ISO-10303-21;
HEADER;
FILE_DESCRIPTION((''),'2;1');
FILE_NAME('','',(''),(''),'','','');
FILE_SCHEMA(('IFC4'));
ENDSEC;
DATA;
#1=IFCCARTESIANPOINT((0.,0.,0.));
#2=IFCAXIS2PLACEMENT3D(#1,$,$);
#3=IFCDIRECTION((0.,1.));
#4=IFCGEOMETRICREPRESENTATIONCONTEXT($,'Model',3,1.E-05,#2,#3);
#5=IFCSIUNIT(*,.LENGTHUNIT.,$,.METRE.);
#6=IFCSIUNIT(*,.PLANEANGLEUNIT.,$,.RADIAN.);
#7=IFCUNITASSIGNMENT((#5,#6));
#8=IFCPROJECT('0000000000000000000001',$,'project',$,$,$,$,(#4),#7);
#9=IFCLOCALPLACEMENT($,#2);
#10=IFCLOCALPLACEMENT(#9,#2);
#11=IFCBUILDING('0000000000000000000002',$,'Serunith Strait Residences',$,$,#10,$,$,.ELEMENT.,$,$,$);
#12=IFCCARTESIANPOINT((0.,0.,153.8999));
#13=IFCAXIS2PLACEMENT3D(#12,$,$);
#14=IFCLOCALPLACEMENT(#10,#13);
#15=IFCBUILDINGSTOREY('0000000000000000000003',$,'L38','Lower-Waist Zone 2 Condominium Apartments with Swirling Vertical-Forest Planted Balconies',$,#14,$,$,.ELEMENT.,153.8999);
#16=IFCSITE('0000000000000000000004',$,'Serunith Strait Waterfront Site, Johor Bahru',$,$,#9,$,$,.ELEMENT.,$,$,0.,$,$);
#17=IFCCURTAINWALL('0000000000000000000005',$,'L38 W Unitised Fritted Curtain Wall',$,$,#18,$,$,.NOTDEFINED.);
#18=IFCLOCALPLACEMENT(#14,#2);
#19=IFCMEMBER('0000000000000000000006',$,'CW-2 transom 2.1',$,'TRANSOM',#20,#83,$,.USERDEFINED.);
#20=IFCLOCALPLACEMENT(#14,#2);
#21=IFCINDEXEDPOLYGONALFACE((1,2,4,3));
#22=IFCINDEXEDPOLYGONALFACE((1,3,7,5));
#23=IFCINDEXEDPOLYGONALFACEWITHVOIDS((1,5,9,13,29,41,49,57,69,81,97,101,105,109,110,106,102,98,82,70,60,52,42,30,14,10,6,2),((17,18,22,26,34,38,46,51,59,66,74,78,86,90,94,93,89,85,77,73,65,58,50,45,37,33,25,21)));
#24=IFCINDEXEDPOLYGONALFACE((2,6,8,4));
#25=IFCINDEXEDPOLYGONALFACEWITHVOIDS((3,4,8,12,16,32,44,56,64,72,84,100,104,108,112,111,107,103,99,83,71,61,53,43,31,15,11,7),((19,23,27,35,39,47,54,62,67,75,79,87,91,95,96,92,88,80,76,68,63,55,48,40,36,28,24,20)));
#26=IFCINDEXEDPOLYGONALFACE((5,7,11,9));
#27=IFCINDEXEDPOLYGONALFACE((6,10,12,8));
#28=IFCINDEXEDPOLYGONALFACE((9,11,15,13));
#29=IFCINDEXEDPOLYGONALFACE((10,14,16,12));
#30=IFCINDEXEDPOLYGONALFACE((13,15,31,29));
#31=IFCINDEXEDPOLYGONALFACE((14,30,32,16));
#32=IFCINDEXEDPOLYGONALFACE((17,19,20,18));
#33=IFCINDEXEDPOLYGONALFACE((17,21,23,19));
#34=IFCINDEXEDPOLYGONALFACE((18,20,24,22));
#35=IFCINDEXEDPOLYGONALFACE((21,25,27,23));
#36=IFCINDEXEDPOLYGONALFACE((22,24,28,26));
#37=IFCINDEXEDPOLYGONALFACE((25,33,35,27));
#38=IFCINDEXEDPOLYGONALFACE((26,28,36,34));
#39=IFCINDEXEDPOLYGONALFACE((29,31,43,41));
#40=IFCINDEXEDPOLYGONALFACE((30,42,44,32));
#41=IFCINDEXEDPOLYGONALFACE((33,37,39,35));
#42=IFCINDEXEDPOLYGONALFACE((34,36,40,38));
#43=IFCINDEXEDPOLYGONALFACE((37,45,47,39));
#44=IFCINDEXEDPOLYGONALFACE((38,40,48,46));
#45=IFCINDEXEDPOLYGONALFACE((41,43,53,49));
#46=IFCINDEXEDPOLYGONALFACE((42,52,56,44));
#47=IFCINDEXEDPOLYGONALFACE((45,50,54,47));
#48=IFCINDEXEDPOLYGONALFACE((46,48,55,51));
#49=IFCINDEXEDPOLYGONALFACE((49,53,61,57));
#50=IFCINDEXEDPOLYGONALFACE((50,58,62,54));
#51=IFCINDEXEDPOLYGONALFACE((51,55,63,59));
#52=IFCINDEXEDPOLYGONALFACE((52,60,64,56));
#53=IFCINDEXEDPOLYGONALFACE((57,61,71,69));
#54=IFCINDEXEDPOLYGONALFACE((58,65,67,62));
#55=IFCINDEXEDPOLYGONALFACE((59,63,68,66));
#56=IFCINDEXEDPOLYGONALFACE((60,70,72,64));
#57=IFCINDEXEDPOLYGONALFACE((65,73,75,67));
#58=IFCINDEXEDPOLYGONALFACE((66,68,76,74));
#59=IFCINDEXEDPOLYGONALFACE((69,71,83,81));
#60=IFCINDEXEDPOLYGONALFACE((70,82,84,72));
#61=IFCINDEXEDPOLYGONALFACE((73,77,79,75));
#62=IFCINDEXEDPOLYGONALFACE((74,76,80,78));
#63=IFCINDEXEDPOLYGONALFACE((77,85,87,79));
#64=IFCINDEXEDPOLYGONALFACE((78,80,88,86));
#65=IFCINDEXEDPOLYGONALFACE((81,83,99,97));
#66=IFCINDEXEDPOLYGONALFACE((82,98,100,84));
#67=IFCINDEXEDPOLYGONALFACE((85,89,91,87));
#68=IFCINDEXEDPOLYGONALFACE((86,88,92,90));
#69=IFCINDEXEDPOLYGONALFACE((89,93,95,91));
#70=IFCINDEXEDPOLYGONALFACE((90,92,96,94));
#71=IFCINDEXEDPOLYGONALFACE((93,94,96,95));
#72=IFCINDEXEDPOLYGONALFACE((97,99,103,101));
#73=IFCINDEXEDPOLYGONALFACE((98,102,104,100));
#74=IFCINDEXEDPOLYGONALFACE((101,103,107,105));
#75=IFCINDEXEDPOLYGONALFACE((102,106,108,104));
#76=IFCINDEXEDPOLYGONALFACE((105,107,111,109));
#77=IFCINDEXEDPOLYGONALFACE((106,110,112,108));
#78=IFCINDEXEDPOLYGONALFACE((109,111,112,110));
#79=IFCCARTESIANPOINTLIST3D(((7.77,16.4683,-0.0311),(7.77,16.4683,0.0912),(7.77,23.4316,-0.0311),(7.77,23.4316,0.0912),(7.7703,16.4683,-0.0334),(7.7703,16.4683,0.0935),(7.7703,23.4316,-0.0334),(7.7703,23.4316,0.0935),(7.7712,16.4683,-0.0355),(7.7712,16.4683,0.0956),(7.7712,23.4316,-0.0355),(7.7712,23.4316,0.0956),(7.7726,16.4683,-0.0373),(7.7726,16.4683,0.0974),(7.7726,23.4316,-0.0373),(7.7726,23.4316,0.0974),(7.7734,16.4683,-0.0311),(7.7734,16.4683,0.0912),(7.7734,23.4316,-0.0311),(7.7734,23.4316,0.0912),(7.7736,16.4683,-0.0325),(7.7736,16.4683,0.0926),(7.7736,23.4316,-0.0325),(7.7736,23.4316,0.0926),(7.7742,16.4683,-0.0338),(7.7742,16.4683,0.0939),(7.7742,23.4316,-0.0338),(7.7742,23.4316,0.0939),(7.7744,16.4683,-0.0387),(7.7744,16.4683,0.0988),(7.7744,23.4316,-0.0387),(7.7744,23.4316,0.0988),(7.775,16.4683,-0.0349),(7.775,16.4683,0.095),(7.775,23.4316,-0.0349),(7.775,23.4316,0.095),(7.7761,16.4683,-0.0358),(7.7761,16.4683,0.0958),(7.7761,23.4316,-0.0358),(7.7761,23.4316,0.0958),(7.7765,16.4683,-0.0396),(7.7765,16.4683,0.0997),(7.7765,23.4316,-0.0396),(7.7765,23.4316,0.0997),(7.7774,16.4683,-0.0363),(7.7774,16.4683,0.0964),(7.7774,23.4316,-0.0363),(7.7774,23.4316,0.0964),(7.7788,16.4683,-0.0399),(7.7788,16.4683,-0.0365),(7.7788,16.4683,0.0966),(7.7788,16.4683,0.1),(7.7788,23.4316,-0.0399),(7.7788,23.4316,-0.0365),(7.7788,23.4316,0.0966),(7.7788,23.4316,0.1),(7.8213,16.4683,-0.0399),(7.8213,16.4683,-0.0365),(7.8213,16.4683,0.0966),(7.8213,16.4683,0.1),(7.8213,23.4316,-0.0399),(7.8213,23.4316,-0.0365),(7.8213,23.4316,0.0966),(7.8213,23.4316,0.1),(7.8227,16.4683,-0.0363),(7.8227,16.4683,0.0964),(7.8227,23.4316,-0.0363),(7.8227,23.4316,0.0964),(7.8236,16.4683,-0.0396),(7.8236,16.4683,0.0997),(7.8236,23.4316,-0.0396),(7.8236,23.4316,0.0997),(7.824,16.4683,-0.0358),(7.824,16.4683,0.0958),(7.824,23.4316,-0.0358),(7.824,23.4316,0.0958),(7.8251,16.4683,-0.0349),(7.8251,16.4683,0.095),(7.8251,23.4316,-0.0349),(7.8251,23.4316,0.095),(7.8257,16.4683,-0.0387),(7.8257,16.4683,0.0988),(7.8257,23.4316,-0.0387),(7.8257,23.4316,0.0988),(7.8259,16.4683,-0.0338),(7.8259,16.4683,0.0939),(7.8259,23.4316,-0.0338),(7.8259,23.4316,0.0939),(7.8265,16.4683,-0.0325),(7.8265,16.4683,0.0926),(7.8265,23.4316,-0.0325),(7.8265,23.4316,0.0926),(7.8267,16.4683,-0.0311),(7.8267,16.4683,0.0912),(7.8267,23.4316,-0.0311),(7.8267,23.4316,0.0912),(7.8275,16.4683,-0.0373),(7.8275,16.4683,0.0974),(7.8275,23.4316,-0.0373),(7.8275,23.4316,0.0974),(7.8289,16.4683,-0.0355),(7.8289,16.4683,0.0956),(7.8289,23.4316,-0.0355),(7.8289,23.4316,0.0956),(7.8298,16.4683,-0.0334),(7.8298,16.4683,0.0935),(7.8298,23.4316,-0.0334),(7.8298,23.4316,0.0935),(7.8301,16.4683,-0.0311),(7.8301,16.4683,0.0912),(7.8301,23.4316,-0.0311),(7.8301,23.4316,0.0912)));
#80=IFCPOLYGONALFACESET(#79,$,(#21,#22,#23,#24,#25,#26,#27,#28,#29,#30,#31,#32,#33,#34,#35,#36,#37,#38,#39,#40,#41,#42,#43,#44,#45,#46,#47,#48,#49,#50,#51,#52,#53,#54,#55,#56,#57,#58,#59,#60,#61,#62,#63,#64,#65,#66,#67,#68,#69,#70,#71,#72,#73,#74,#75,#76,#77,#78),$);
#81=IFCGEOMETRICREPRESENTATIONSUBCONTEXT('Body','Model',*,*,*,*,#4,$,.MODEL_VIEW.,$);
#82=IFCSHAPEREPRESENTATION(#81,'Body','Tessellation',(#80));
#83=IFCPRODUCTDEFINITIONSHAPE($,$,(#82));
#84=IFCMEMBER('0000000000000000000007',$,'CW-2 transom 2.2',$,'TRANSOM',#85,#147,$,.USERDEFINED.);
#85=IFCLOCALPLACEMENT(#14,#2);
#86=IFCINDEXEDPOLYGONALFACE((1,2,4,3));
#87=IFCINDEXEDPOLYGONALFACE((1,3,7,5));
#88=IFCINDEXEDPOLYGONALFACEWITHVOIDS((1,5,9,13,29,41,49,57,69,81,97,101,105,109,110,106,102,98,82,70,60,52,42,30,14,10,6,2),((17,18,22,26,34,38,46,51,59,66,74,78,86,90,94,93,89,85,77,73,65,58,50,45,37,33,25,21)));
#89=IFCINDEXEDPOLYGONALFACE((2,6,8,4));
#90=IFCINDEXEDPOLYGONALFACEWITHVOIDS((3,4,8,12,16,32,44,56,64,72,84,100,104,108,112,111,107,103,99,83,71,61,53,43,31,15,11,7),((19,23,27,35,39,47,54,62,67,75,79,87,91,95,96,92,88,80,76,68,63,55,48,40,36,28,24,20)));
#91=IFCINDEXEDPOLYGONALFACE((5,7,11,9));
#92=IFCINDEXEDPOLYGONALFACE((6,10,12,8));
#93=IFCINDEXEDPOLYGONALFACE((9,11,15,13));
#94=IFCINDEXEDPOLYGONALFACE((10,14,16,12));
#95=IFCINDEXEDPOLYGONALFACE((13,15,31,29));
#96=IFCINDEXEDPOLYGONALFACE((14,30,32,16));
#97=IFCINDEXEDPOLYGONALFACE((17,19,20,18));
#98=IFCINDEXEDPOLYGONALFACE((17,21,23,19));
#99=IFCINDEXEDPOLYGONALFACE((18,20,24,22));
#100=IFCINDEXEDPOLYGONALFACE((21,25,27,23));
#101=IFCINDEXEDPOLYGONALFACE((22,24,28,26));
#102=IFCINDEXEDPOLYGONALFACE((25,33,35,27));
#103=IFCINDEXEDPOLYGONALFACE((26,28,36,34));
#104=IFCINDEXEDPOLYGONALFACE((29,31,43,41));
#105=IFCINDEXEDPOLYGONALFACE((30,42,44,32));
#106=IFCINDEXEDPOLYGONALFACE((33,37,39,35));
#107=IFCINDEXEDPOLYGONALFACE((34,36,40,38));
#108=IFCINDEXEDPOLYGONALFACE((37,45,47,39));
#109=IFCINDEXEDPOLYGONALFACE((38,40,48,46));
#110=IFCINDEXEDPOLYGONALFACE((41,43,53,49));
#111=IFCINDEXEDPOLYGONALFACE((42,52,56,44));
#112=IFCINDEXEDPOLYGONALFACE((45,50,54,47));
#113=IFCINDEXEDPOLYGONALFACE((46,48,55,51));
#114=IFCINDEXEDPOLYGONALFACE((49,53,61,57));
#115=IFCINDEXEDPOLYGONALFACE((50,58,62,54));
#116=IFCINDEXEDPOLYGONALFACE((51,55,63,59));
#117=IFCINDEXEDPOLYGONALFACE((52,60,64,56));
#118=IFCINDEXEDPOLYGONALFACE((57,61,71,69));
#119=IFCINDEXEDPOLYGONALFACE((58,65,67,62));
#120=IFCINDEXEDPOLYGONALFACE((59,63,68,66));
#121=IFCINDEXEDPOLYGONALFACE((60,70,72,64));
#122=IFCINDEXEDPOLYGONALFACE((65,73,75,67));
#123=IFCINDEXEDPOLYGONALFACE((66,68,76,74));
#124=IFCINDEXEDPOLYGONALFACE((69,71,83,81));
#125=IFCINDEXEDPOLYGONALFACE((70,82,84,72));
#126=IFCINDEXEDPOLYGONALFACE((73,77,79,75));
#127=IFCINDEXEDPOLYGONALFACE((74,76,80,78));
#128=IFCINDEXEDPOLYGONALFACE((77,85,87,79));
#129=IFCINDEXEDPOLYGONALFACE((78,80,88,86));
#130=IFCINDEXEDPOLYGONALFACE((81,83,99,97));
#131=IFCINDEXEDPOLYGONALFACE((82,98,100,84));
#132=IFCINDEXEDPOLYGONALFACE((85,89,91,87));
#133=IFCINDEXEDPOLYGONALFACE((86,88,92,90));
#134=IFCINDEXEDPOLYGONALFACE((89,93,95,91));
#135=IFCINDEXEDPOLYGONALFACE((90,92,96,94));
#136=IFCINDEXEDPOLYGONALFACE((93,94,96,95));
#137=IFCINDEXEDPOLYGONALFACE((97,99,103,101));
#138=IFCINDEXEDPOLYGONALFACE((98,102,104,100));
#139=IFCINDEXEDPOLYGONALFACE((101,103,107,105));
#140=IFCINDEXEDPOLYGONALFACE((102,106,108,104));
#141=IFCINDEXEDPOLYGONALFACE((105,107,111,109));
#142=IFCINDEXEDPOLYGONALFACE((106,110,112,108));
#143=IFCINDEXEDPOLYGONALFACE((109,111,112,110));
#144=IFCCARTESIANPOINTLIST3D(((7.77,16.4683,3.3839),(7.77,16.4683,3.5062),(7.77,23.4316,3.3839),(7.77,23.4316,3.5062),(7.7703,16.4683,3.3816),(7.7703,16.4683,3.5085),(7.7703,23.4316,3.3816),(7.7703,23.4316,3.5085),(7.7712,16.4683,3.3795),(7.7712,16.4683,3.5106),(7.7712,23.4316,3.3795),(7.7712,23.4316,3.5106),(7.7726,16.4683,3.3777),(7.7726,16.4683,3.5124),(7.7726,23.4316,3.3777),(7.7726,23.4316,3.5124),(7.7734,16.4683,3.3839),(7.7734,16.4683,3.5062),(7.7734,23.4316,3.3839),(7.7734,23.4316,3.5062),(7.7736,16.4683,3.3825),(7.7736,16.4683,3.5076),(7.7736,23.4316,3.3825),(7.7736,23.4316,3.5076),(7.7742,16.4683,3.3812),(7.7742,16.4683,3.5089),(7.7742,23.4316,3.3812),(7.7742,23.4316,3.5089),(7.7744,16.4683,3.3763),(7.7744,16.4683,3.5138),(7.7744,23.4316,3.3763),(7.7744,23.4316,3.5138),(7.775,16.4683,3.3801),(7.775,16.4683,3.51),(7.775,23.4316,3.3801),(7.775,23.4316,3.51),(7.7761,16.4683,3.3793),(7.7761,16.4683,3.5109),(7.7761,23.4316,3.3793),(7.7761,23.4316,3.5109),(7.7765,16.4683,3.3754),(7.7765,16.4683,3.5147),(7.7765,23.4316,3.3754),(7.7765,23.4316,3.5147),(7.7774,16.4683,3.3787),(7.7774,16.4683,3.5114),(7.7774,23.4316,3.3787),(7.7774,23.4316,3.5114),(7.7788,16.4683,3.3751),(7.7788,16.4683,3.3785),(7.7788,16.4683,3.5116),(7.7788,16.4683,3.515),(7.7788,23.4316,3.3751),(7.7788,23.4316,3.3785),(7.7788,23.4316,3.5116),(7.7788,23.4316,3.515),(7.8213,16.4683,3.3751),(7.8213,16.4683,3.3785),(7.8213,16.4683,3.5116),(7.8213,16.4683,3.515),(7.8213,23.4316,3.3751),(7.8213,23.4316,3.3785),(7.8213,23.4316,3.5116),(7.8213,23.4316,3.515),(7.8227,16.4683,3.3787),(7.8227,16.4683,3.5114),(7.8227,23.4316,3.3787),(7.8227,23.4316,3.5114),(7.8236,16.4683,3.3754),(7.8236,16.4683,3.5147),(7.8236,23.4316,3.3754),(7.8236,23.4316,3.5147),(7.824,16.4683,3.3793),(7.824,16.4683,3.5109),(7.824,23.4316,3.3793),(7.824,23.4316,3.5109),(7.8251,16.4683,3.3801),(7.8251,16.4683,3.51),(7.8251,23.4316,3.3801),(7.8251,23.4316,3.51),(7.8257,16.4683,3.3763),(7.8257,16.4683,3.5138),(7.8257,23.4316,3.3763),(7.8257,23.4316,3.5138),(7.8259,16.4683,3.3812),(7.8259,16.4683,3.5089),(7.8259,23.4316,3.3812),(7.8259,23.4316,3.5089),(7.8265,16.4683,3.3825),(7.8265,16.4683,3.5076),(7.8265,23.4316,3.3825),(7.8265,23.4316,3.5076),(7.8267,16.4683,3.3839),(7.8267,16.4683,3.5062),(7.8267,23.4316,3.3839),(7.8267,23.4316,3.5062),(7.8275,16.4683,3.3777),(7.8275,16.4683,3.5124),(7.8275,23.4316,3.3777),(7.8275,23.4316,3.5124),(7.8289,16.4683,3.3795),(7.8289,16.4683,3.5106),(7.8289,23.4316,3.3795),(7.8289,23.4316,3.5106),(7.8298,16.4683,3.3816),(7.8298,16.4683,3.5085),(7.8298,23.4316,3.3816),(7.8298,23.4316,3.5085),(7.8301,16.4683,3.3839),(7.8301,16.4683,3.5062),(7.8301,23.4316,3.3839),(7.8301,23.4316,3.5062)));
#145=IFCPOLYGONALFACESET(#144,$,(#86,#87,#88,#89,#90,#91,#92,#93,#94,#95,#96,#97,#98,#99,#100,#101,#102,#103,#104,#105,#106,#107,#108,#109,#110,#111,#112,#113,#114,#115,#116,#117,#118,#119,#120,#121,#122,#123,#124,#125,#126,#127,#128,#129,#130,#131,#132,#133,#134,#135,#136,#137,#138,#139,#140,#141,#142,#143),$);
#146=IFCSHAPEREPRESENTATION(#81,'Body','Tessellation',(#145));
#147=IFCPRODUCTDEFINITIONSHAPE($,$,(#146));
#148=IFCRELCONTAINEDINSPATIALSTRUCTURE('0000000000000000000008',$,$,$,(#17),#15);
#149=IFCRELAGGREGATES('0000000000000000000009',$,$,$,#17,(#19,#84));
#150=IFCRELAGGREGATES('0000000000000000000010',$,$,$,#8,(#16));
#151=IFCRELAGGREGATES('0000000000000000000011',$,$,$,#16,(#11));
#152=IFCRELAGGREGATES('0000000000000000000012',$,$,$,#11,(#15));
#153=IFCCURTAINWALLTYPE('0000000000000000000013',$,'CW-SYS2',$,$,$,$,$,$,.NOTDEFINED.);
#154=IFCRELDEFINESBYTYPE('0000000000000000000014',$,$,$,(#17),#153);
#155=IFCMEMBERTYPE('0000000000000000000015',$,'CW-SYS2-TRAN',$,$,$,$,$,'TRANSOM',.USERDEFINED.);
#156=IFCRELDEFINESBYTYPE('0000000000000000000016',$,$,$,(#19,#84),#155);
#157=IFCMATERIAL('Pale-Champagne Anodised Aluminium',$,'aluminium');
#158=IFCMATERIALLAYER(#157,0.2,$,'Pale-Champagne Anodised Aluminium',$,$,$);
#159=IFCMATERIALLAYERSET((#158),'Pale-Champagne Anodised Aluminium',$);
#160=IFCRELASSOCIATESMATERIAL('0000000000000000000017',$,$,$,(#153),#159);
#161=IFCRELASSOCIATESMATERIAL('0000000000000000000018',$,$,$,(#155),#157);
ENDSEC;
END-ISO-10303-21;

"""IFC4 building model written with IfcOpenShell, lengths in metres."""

from ifc_helpers import new_model, si_unit, direction, frame, origin, origin_2d, place, context, subcontext, project, spatial, hollow_rectangle, extrude, source, transform, mapped, material, layer, layer_set, material_profile, profile_set, type_object, element, aggregate, save


model = new_model("IFC4")

# Units and contexts
model_context = context("Model", 3, precision=1e-05, world=origin(), true_north=direction((0.0, 1.0)))
body_context = subcontext(model_context, "Body", "Model", "MODEL_VIEW")
ifc_project = project(units=[si_unit("LENGTHUNIT", "METRE"), si_unit("PLANEANGLEUNIT", "RADIAN")], contexts=[model_context])

# Site, building, storey
site_placement = place(None, origin())
site = spatial("IfcSite", under=ifc_project, at=site_placement, Name="Serunith Strait Waterfront Site, Johor Bahru", CompositionType="ELEMENT", RefElevation=0.0)
building_placement = place(site_placement, origin())
building = spatial("IfcBuilding", under=site, at=building_placement, Name="Serunith Strait Residences", CompositionType="ELEMENT")
storey_placement = place(building_placement, frame((0.0, 0.0, 153.8999)))
storey = spatial("IfcBuildingStorey", under=building, at=storey_placement, Name="L38", Description="Lower-Waist Zone 2 Condominium Apartments with Swirling Vertical-Forest Planted Balconies", CompositionType="ELEMENT", Elevation=153.8999)

# Curtain wall, members
ifc_material_1 = material(Name="Pale-Champagne Anodised Aluminium", Category="aluminium")
ifc_layer_1 = layer(ifc_material_1, 0.2, Name="Pale-Champagne Anodised Aluminium")
ifc_layer_set_1 = layer_set([ifc_layer_1], Name="Pale-Champagne Anodised Aluminium")
curtain_wall_type = type_object("IfcCurtainWallType", Name="CW-SYS2", PredefinedType="NOTDEFINED", material=ifc_layer_set_1)
curtain_wall_placement = place(storey_placement, origin())
curtain_wall = element("IfcCurtainWall", 1, at=curtain_wall_placement, inside=storey, type_object=curtain_wall_type, Name="L38 W Unitised Fritted Curtain Wall", PredefinedType="NOTDEFINED")
ifc_material_profile_1 = material_profile(ifc_material_1, hollow_rectangle(XDim=0.0601, YDim=0.1399, WallThickness=0.0034, InnerFilletRadius=0.0054, OuterFilletRadius=0.0088, at=origin_2d()), Name="ALU 140x60x3.5")
ifc_profile_set_1 = profile_set([ifc_material_profile_1], Name="Pale-Champagne Anodised Aluminium")
member_type_1 = type_object("IfcMemberType", Name="CW-SYS2-TRAN", ElementType="TRANSOM", PredefinedType="USERDEFINED", material=ifc_profile_set_1)
shared_shape_1 = source(origin(), body_context, "Body", "SweptSolid", [
    extrude(hollow_rectangle(XDim=0.0601, YDim=0.1399, WallThickness=0.0034, InnerFilletRadius=0.0054, OuterFilletRadius=0.0088, at=origin_2d()), origin(), (0.0, 0.0, 1.0), 6.9634),
])
member_1_placement = place(storey_placement, frame((7.8, 23.4316, 0.03), z_axis=(0.0, -1.0, 0.0), x_axis=(1.0, 0.0, 0.0)))
member_1 = element("IfcMember", 2, at=member_1_placement, type_object=member_type_1, Name="CW-2 transom 2.1", ObjectType="TRANSOM", PredefinedType="USERDEFINED", context=body_context, shape_type="MappedRepresentation", body=[
    mapped(shared_shape_1, transform((0.0, 0.0, 0.0), scale=1.0)),
])
member_2_placement = place(storey_placement, frame((7.8, 23.4316, 3.4451), z_axis=(0.0, -1.0, 0.0), x_axis=(1.0, 0.0, 0.0)))
member_2 = element("IfcMember", 3, at=member_2_placement, type_object=member_type_1, Name="CW-2 transom 2.2", ObjectType="TRANSOM", PredefinedType="USERDEFINED", context=body_context, shape_type="MappedRepresentation", body=[
    mapped(shared_shape_1, transform((0.0, 0.0, 0.0), scale=1.0)),
])
aggregate(curtain_wall, [member_1, member_2])

save(model, "model.ifc")
